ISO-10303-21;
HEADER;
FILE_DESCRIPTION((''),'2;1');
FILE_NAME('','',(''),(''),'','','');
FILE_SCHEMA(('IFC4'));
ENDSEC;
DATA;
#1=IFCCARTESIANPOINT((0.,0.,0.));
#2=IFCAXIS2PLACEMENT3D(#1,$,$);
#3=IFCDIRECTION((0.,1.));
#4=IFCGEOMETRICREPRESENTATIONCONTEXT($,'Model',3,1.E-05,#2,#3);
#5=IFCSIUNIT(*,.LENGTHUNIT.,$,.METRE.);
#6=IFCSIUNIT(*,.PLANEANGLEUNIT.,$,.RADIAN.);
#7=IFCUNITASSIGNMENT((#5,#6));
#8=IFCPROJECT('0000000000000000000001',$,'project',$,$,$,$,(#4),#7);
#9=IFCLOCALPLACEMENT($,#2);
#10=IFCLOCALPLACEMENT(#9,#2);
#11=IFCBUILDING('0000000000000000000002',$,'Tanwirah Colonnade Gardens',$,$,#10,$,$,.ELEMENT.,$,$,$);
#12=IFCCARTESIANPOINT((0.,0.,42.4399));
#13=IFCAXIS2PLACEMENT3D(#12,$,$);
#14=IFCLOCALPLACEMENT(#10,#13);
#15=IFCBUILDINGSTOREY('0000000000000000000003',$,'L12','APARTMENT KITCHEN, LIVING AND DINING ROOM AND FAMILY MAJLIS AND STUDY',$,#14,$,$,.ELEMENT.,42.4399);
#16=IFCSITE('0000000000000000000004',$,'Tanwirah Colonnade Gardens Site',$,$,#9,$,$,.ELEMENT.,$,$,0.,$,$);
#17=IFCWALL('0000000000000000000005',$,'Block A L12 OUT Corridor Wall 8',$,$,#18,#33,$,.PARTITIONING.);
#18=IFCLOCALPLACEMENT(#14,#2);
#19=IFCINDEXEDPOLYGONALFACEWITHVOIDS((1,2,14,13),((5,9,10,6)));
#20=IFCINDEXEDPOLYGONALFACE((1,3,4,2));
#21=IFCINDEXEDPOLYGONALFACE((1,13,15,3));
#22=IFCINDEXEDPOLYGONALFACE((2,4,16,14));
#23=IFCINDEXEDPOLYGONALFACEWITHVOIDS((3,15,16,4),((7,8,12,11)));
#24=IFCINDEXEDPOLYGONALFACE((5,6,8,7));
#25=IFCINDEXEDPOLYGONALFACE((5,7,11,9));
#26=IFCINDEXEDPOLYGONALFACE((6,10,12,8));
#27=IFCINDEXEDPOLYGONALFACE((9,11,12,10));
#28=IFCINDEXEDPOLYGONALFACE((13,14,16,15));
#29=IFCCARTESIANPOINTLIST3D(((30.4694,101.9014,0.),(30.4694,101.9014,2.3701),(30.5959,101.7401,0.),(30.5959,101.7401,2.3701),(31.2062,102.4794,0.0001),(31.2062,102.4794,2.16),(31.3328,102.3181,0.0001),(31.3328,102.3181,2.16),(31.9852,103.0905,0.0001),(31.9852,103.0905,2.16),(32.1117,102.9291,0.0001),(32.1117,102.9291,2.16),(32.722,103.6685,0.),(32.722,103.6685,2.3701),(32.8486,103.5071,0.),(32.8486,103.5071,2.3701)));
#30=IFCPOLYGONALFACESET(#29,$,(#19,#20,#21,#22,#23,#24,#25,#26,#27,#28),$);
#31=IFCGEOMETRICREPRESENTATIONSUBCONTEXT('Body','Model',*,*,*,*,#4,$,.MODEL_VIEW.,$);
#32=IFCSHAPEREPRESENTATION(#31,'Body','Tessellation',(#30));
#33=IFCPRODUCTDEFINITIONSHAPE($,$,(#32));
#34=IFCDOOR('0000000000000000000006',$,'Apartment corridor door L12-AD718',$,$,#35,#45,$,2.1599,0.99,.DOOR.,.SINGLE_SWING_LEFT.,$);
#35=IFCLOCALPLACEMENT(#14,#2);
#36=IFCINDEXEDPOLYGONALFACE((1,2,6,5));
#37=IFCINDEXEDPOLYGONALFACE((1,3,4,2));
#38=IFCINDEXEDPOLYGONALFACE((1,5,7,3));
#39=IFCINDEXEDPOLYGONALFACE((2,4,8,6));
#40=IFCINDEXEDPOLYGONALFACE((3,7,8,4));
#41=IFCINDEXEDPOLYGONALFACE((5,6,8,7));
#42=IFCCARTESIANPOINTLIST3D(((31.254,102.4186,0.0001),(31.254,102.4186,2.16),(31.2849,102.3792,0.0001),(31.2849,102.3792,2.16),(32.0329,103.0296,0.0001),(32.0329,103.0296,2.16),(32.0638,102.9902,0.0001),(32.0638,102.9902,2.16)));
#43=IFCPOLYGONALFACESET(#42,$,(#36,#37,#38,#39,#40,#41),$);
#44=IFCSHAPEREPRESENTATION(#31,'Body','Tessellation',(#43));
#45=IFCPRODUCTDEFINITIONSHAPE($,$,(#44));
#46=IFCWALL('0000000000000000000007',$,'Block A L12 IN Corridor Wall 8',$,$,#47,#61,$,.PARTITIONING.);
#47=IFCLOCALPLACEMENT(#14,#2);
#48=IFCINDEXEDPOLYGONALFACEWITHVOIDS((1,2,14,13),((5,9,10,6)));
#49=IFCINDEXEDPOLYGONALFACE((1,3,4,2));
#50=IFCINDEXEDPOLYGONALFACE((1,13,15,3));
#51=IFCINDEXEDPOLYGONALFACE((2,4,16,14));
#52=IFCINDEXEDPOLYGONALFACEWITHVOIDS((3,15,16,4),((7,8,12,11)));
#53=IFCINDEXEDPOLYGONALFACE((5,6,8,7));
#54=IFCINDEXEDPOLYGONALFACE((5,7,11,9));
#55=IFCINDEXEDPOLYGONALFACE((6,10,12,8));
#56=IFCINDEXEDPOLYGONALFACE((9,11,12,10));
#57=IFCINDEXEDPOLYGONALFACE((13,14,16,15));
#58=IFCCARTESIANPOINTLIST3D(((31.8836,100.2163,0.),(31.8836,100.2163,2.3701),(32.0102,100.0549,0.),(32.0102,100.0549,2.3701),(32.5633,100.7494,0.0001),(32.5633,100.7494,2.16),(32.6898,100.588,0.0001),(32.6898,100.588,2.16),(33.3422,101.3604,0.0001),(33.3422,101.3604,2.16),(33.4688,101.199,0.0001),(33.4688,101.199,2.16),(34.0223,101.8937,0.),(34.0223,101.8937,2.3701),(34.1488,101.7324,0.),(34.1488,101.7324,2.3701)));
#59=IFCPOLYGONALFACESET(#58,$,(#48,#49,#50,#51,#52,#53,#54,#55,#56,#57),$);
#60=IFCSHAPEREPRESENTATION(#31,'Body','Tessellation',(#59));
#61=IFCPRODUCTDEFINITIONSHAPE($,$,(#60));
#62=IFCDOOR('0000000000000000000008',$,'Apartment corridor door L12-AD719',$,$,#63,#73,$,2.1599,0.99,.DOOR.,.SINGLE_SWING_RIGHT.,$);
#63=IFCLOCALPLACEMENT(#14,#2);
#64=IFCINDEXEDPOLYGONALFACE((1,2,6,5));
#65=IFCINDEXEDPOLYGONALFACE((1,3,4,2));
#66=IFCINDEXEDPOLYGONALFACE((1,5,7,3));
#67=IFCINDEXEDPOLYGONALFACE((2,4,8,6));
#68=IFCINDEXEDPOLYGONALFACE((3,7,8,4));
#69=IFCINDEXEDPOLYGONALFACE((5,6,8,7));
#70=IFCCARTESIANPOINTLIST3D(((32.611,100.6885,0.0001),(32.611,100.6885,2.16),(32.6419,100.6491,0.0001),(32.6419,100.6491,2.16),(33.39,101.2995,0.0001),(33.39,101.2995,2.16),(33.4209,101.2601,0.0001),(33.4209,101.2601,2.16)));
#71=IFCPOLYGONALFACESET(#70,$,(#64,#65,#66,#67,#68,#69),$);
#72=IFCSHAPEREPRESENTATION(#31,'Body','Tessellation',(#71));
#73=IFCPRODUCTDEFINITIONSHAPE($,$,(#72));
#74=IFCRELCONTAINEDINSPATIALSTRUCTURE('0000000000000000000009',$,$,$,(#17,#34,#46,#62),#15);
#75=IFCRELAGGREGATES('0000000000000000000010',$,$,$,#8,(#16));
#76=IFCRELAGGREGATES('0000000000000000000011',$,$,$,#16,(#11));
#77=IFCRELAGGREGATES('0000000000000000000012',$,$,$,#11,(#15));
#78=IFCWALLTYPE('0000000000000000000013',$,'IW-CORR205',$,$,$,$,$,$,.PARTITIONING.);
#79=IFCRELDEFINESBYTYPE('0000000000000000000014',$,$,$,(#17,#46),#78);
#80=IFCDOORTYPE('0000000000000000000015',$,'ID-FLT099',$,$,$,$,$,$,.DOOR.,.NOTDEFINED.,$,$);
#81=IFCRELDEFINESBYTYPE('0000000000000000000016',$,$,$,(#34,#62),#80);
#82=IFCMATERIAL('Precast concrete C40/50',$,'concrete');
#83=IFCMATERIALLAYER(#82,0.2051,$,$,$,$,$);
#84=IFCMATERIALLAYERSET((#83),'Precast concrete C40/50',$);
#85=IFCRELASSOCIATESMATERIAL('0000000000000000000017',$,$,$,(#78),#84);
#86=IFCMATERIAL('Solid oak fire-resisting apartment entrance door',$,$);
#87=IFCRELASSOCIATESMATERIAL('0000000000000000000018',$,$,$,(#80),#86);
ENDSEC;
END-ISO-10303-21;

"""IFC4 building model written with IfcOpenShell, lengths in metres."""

from ifc_helpers import new_model, si_unit, direction, frame, frame_2d, origin, place, context, subcontext, project, spatial, rectangle, extrude, material, layer, layer_set, type_object, element, fill, save


model = new_model("IFC4")

# Units and contexts
model_context = context("Model", 3, precision=1e-05, world=origin(), true_north=direction((0.0, 1.0)))
body_context = subcontext(model_context, "Body", "Model", "MODEL_VIEW")
ifc_project = project(units=[si_unit("LENGTHUNIT", "METRE"), si_unit("PLANEANGLEUNIT", "RADIAN")], contexts=[model_context])

# Site, building, storey
site_placement = place(None, origin())
site = spatial("IfcSite", under=ifc_project, at=site_placement, Name="Tanwirah Colonnade Gardens Site", CompositionType="ELEMENT", RefElevation=0.0)
building_placement = place(site_placement, origin())
building = spatial("IfcBuilding", under=site, at=building_placement, Name="Tanwirah Colonnade Gardens", CompositionType="ELEMENT")
storey_placement = place(building_placement, frame((0.0, 0.0, 42.4399)))
storey = spatial("IfcBuildingStorey", under=building, at=storey_placement, Name="L12", Description="APARTMENT KITCHEN, LIVING AND DINING ROOM AND FAMILY MAJLIS AND STUDY", CompositionType="ELEMENT", Elevation=42.4399)

# Shared definitions
ifc_material_1 = material(Name="Precast concrete C40/50", Category="concrete")

# Walls, openings, doors
ifc_layer = layer(ifc_material_1, 0.2051)
ifc_layer_set = layer_set([ifc_layer], Name="Precast concrete C40/50")
wall_type = type_object("IfcWallType", Name="IW-CORR205", PredefinedType="PARTITIONING", material=ifc_layer_set)
ifc_material_2 = material(Name="Solid oak fire-resisting apartment entrance door")
wall_1_placement = place(storey_placement, frame((32.7854, 103.5879, 0.0), z_axis=(0.0, 0.0, 1.0), x_axis=(-0.786806, -0.6172, 0.0)))
wall_1 = element("IfcWall", 1, at=wall_1_placement, inside=storey, type_object=wall_type, Name="Block A L12 OUT Corridor Wall 8", PredefinedType="PARTITIONING", context=body_context, shape_type="SweptSolid", body=[
    extrude(rectangle(XDim=2.863, YDim=0.2051, at=frame_2d((1.4316, 0.0))), origin(), (0.0, 0.0, 1.0), 2.3701),
])
opening_1_placement = place(wall_1_placement, frame((0.9365, 0.0, 0.0)))
opening_1 = element("IfcOpeningElement", 2, at=opening_1_placement, cuts=wall_1, PredefinedType="OPENING", context=body_context, shape_type="SweptSolid", body=[
    extrude(rectangle(XDim=0.99, YDim=2.1599, at=frame_2d((0.4951, 1.0801))), frame((0.0, 0.1125, 0.0), z_axis=(0.0, -1.0, 0.0), x_axis=(1.0, 0.0, 0.0)), (0.0, 0.0, 1.0), 0.2251),
])
door_type_1 = type_object("IfcDoorType", Name="ID-FLT099", OperationType="NOTDEFINED", PredefinedType="DOOR", material=ifc_material_2)
door_1_placement = place(opening_1_placement, origin())
door_1 = element("IfcDoor", 3, at=door_1_placement, inside=storey, type_object=door_type_1, Name="Apartment corridor door L12-AD718", OperationType="SINGLE_SWING_LEFT", OverallHeight=2.1599, OverallWidth=0.99, PredefinedType="DOOR", context=body_context, shape_type="SweptSolid", body=[
    extrude(rectangle(XDim=0.99, YDim=2.1599, at=frame_2d((0.4951, 1.0801))), frame((0.0, 0.0249, 0.0), z_axis=(0.0, -1.0, 0.0), x_axis=(1.0, 0.0, 0.0)), (0.0, 0.0, 1.0), 0.05),
])
fill(opening_1, door_1)
wall_2_placement = place(storey_placement, frame((34.0854, 101.813, 0.0), z_axis=(0.0, 0.0, 1.0), x_axis=(-0.786835, -0.617163, 0.0)))
wall_2 = element("IfcWall", 4, at=wall_2_placement, inside=storey, type_object=wall_type, Name="Block A L12 IN Corridor Wall 8", PredefinedType="PARTITIONING", context=body_context, shape_type="SweptSolid", body=[
    extrude(rectangle(XDim=2.718, YDim=0.2051, at=frame_2d((1.3589, 0.0))), origin(), (0.0, 0.0, 1.0), 2.3701),
])
opening_2_placement = place(wall_2_placement, frame((0.864, 0.0, 0.0)))
opening_2 = element("IfcOpeningElement", 5, at=opening_2_placement, cuts=wall_2, PredefinedType="OPENING", context=body_context, shape_type="SweptSolid", body=[
    extrude(rectangle(XDim=0.99, YDim=2.1599, at=frame_2d((0.4951, 1.0801))), frame((0.0, 0.1125, 0.0), z_axis=(0.0, -1.0, 0.0), x_axis=(1.0, 0.0, 0.0)), (0.0, 0.0, 1.0), 0.2251),
])
door_2_placement = place(opening_2_placement, origin())
door_2 = element("IfcDoor", 6, at=door_2_placement, inside=storey, type_object=door_type_1, Name="Apartment corridor door L12-AD719", OperationType="SINGLE_SWING_RIGHT", OverallHeight=2.1599, OverallWidth=0.99, PredefinedType="DOOR", context=body_context, shape_type="SweptSolid", body=[
    extrude(rectangle(XDim=0.99, YDim=2.1599, at=frame_2d((0.4951, 1.0801))), frame((0.0, 0.0249, 0.0), z_axis=(0.0, -1.0, 0.0), x_axis=(1.0, 0.0, 0.0)), (0.0, 0.0, 1.0), 0.05),
])
fill(opening_2, door_2)

save(model, "model.ifc")
